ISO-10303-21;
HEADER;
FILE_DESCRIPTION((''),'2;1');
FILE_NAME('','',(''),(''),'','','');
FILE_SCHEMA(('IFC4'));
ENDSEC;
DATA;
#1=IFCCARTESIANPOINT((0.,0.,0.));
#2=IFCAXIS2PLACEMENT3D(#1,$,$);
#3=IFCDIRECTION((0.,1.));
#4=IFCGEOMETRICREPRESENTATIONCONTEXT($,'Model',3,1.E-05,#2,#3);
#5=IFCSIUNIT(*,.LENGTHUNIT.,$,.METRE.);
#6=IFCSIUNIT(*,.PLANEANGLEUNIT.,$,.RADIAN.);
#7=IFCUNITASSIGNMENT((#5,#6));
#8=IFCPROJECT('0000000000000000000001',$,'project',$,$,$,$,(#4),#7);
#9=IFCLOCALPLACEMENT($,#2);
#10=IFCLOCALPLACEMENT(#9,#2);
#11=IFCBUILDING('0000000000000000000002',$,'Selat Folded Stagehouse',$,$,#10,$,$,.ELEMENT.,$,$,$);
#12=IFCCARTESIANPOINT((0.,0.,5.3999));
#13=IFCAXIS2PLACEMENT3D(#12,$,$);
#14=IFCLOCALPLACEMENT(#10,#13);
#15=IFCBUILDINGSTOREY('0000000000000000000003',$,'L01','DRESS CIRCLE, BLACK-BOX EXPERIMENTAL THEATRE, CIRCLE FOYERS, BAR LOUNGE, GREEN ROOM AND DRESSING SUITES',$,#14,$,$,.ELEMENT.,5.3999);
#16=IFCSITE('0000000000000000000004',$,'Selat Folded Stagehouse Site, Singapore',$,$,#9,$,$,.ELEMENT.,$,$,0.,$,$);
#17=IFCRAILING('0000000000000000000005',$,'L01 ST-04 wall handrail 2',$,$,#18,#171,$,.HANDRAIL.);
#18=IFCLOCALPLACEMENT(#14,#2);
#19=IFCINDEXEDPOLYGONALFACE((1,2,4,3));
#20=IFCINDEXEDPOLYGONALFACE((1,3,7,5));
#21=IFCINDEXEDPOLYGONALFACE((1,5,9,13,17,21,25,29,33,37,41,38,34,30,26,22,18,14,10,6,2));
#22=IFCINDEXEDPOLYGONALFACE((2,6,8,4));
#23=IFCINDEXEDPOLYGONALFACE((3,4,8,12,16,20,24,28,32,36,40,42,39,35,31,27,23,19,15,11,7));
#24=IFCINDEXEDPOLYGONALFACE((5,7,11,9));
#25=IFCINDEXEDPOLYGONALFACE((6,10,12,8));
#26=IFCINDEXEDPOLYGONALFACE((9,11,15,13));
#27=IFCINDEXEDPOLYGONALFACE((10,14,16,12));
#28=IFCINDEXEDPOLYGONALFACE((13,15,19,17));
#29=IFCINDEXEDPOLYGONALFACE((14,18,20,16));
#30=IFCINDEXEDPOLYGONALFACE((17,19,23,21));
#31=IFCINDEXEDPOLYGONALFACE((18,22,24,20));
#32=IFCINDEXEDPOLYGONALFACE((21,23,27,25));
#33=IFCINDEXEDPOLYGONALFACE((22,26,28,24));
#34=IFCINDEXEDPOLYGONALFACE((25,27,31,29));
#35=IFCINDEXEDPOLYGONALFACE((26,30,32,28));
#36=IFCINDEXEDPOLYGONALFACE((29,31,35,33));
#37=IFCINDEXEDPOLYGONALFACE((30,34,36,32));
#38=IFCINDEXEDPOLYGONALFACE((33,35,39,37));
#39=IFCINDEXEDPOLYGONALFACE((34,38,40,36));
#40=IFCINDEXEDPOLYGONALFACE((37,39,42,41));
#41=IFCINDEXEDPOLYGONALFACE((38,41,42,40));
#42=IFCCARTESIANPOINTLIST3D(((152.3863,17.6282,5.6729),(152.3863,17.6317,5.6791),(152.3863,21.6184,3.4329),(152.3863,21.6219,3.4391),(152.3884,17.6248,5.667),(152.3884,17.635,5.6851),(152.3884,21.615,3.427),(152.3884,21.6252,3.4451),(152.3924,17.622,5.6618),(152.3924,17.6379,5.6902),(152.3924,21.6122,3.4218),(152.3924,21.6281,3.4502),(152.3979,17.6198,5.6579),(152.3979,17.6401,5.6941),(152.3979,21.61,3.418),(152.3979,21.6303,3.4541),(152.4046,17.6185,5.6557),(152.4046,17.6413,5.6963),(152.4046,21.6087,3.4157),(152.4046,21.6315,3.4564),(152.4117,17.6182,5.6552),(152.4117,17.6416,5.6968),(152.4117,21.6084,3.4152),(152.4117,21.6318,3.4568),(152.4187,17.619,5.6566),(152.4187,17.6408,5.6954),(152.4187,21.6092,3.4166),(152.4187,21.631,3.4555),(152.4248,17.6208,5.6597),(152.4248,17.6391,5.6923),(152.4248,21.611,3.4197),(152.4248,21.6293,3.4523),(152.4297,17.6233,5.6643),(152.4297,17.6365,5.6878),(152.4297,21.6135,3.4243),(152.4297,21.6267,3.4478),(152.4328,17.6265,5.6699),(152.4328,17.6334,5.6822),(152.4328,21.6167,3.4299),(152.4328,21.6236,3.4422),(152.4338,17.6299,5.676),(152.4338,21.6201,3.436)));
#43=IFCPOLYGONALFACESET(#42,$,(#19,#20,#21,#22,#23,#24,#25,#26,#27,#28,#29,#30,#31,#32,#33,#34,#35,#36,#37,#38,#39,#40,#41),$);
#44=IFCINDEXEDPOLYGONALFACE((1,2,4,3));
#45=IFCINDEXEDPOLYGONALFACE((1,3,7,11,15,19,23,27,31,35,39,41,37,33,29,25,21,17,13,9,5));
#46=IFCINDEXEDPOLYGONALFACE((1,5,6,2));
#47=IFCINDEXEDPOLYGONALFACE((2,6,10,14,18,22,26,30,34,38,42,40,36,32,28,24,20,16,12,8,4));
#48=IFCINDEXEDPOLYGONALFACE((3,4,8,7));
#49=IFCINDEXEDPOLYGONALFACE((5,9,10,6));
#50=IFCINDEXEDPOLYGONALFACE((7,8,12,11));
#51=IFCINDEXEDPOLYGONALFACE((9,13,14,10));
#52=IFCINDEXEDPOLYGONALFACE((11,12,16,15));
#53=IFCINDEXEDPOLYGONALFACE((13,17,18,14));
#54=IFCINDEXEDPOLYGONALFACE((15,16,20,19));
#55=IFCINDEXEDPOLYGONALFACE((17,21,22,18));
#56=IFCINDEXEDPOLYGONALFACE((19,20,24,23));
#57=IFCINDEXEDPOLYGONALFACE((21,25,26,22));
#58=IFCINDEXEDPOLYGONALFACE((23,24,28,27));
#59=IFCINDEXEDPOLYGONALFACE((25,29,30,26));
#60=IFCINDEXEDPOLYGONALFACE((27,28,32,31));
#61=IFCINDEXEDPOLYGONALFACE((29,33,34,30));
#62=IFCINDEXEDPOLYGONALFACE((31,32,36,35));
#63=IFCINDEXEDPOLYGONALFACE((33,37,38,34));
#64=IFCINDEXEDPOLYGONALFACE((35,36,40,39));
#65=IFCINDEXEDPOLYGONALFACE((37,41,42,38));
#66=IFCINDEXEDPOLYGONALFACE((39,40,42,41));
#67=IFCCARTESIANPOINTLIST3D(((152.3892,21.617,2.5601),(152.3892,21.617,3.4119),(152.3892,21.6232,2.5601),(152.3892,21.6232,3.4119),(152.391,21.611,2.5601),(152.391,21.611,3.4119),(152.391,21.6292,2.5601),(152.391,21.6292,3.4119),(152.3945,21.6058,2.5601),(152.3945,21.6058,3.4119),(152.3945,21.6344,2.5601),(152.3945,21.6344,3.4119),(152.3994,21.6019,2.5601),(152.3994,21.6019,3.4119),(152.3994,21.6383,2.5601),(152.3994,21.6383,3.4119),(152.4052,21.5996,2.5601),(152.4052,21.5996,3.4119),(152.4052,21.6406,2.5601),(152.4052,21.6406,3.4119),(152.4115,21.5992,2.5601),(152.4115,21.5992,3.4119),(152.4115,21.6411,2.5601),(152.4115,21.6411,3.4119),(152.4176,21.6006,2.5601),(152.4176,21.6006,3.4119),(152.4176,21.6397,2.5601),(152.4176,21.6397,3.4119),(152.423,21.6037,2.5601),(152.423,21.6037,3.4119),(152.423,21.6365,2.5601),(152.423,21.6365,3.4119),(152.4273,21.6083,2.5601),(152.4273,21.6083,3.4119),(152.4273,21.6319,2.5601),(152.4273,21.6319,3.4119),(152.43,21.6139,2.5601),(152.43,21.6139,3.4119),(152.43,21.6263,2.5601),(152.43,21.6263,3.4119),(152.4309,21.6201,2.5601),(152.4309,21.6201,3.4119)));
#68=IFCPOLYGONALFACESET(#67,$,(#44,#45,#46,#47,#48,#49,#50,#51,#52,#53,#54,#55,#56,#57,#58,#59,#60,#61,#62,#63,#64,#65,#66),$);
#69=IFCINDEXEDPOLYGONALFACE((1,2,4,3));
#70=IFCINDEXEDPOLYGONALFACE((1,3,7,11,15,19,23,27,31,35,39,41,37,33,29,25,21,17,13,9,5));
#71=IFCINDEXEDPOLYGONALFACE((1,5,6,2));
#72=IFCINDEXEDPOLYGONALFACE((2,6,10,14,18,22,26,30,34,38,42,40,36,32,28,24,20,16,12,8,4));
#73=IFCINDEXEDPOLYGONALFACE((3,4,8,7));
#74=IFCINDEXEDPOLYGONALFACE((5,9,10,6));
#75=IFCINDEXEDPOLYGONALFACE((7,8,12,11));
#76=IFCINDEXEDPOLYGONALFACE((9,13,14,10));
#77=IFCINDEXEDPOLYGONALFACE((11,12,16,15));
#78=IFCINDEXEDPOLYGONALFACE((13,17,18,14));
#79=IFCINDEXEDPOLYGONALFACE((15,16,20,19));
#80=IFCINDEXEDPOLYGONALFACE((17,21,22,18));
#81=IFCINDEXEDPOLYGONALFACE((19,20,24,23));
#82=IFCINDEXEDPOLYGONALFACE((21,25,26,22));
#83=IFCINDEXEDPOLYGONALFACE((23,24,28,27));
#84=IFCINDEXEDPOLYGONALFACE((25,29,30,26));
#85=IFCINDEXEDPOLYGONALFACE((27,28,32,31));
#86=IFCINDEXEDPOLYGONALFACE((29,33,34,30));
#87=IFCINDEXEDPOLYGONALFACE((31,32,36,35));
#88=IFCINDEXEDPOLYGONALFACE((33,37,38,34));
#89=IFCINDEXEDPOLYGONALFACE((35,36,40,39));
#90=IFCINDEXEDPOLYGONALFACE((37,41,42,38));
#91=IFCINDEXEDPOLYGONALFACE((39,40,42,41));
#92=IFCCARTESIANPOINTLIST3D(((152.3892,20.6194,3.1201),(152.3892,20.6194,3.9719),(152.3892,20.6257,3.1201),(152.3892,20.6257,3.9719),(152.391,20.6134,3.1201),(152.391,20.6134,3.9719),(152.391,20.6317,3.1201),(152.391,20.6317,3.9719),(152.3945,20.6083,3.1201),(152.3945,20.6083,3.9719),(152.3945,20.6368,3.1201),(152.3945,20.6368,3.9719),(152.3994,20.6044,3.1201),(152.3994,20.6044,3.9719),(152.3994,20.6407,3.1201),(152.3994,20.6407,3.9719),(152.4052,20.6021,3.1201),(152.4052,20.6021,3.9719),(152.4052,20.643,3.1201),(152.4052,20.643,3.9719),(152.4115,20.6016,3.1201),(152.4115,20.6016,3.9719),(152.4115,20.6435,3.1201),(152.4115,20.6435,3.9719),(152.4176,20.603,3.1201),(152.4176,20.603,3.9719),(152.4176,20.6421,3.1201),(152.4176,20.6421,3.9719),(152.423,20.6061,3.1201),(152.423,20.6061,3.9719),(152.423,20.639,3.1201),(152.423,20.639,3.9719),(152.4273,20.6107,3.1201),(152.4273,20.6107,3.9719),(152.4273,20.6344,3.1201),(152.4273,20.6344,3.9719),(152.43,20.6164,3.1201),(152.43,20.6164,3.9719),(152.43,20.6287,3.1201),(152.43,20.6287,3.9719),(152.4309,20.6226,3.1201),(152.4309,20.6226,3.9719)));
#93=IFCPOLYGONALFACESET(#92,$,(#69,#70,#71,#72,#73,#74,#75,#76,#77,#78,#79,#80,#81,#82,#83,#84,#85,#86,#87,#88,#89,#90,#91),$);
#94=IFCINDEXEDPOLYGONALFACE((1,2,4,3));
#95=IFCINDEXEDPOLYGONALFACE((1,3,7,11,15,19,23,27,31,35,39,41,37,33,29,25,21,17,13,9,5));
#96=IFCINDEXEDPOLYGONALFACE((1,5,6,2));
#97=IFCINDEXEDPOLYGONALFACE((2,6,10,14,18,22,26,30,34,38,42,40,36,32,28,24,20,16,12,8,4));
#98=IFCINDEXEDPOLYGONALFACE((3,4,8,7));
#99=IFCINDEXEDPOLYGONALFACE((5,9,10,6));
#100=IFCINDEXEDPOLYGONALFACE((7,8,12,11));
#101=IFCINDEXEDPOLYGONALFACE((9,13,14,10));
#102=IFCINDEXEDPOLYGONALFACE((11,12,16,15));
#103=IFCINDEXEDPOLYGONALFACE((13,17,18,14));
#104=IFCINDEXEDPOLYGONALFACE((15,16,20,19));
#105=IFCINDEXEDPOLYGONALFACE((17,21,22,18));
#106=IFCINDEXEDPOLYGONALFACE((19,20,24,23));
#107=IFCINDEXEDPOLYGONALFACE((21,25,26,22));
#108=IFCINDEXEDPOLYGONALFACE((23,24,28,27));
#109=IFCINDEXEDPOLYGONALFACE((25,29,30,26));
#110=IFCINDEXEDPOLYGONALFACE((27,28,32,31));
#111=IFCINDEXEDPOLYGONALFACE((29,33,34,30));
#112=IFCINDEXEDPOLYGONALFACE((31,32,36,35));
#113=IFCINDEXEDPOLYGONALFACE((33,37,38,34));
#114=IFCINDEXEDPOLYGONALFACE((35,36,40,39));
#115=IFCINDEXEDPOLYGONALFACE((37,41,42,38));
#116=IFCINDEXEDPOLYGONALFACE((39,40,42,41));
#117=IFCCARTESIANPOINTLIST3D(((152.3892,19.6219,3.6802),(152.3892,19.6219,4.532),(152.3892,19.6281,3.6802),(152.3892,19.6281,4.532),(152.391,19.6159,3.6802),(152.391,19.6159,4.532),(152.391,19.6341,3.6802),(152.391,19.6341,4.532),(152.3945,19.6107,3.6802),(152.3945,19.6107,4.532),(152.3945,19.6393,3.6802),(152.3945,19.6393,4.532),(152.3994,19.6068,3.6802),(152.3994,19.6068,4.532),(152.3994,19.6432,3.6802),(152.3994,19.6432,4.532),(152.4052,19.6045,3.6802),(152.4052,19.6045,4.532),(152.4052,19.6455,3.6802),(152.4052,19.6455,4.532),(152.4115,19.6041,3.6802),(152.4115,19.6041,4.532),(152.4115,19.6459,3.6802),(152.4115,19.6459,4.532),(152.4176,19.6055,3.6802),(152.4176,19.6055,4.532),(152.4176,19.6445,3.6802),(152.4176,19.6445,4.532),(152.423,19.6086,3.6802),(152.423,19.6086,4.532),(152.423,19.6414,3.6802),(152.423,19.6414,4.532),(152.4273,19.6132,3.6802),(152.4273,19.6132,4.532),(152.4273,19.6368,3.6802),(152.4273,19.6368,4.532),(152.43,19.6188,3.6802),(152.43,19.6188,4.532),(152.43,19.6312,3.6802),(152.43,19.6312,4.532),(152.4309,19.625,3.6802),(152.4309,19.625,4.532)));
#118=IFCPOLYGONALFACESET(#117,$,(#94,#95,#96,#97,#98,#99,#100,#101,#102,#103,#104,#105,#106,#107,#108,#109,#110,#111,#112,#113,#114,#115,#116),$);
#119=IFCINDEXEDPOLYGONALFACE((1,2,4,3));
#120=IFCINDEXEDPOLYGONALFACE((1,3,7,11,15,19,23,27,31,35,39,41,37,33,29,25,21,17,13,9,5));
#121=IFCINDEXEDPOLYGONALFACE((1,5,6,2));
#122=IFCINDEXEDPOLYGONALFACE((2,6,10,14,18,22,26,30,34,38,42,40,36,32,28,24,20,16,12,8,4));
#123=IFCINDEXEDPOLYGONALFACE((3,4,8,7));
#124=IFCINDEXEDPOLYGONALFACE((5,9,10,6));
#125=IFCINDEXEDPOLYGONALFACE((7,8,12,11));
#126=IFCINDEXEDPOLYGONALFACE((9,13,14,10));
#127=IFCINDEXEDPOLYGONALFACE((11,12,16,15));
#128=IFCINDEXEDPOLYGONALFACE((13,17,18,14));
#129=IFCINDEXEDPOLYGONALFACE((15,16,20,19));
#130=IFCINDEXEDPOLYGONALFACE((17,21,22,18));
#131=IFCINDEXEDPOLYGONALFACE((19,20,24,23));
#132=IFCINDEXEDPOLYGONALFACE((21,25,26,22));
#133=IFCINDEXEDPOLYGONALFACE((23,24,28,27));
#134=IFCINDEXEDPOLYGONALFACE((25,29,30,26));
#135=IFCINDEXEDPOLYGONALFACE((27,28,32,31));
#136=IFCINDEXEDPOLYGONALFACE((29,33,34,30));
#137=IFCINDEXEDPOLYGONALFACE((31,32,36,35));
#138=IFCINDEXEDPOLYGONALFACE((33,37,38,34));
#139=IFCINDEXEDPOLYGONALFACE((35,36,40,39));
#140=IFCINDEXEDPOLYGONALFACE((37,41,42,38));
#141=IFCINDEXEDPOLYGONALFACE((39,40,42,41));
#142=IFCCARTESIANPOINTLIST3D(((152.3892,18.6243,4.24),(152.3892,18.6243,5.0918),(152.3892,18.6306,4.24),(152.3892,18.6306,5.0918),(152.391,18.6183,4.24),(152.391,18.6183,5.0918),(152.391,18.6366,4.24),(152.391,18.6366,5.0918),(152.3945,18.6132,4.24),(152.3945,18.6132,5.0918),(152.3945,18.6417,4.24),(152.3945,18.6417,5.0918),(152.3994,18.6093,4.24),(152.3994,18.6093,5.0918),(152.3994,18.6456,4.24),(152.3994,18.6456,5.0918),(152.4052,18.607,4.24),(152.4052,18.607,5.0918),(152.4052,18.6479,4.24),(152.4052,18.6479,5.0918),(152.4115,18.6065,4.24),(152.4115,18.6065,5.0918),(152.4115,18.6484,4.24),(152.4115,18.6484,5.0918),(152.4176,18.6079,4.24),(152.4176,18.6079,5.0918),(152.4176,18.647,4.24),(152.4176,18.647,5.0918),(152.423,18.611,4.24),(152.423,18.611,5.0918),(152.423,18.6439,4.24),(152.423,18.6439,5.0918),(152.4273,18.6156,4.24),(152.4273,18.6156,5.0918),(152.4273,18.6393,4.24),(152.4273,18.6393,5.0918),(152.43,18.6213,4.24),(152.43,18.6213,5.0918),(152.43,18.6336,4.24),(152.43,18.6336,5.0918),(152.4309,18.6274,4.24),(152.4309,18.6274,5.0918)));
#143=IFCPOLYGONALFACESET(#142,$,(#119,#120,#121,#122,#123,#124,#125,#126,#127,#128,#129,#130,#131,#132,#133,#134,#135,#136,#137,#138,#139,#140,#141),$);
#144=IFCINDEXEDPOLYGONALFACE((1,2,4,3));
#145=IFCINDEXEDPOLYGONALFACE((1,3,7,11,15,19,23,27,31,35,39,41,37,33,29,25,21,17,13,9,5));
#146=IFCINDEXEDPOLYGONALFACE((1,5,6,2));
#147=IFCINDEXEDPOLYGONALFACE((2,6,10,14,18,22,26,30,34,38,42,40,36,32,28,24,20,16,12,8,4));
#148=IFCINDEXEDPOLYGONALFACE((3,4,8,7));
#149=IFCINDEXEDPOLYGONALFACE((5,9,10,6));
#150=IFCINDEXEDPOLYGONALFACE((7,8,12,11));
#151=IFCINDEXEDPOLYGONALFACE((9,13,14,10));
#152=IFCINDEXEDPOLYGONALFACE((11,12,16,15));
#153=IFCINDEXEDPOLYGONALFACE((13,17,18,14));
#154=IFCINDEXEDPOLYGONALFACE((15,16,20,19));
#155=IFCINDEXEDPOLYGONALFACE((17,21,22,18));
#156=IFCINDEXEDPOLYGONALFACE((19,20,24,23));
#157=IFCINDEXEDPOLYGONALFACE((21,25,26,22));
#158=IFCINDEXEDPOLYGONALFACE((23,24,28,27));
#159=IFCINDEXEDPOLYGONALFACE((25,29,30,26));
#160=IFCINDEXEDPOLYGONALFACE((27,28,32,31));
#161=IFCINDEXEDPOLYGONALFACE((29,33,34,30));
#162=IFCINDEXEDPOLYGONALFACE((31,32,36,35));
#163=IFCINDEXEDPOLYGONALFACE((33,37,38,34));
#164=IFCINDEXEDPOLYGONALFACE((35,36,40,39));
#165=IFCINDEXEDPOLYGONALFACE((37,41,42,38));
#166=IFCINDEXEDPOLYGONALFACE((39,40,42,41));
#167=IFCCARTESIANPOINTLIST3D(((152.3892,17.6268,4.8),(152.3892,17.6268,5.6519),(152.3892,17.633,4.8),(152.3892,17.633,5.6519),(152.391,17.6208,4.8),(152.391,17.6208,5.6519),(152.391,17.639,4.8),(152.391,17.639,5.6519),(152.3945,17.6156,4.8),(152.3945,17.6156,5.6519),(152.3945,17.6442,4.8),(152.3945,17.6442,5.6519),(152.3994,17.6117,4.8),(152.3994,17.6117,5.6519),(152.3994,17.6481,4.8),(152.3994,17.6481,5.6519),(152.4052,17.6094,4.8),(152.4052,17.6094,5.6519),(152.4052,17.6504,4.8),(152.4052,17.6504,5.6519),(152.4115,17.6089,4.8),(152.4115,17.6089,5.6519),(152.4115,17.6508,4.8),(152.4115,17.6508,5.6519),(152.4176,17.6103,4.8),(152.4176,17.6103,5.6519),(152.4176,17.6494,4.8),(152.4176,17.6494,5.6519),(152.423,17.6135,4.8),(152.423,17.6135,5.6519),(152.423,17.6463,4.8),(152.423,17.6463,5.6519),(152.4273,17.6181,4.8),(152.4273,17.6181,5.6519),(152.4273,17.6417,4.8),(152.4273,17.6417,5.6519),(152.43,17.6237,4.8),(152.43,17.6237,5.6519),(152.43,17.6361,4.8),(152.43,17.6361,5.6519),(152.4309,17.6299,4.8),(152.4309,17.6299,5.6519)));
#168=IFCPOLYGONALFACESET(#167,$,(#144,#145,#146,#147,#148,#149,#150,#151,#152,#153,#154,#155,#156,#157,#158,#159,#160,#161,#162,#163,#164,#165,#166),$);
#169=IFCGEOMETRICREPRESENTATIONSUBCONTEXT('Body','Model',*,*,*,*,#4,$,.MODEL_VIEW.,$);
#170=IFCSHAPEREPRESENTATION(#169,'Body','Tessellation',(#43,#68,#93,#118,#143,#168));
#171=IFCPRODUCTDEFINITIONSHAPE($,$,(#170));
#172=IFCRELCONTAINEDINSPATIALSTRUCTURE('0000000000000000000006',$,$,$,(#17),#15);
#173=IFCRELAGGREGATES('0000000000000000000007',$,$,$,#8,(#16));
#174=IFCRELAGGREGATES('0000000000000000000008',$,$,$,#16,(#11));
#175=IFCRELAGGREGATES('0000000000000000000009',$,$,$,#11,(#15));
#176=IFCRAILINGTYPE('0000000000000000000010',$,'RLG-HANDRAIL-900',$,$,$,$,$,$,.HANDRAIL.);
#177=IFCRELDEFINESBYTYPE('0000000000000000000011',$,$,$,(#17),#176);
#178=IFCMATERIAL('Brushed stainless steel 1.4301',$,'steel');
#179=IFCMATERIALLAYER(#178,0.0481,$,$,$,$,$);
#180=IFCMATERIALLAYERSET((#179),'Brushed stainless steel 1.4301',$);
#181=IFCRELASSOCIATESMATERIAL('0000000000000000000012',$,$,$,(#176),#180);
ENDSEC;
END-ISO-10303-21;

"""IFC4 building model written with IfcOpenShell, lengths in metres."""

from ifc_helpers import new_model, si_unit, direction, frame, origin, origin_2d, place, context, subcontext, project, spatial, circle, extrude, material, layer, layer_set, type_object, element, save


model = new_model("IFC4")

# Units and contexts
model_context = context("Model", 3, precision=1e-05, world=origin(), true_north=direction((0.0, 1.0)))
body_context = subcontext(model_context, "Body", "Model", "MODEL_VIEW")
ifc_project = project(units=[si_unit("LENGTHUNIT", "METRE"), si_unit("PLANEANGLEUNIT", "RADIAN")], contexts=[model_context])

# Site, building, storey
site_placement = place(None, origin())
site = spatial("IfcSite", under=ifc_project, at=site_placement, Name="Selat Folded Stagehouse Site, Singapore", CompositionType="ELEMENT", RefElevation=0.0)
building_placement = place(site_placement, origin())
building = spatial("IfcBuilding", under=site, at=building_placement, Name="Selat Folded Stagehouse", CompositionType="ELEMENT")
storey_placement = place(building_placement, frame((0.0, 0.0, 5.3999)))
storey = spatial("IfcBuildingStorey", under=building, at=storey_placement, Name="L01", Description="DRESS CIRCLE, BLACK-BOX EXPERIMENTAL THEATRE, CIRCLE FOYERS, BAR LOUNGE, GREEN ROOM AND DRESSING SUITES", CompositionType="ELEMENT", Elevation=5.3999)

# Railing
ifc_material_1 = material(Name="Brushed stainless steel 1.4301", Category="steel")
ifc_layer_1 = layer(ifc_material_1, 0.0481)
ifc_layer_set_1 = layer_set([ifc_layer_1], Name="Brushed stainless steel 1.4301")
railing_type_1 = type_object("IfcRailingType", Name="RLG-HANDRAIL-900", PredefinedType="HANDRAIL", material=ifc_layer_set_1)
railing_1_placement = place(storey_placement, frame((152.4099, 21.6201, 2.5601)))
element("IfcRailing", 1, at=railing_1_placement, inside=storey, type_object=railing_type_1, Name="L01 ST-04 wall handrail 2", PredefinedType="HANDRAIL", context=body_context, shape_type="SweptSolid", body=[
    extrude(circle(Radius=0.0239, at=origin_2d()), frame((0.0, 0.0, 0.876), z_axis=(0.0, -0.871997, 0.489511), x_axis=(1.0, 0.0, 0.0)), (0.0, 0.0, 1.0), 4.5759),
    extrude(circle(Radius=0.021, at=origin_2d()), origin(), (0.0, 0.0, 1.0), 0.8518),
    extrude(circle(Radius=0.021, at=origin_2d()), frame((0.0, -0.9976, 0.5601)), (0.0, 0.0, 1.0), 0.8518),
    extrude(circle(Radius=0.021, at=origin_2d()), frame((0.0, -1.9951, 1.1201)), (0.0, 0.0, 1.0), 0.8518),
    extrude(circle(Radius=0.021, at=origin_2d()), frame((0.0, -2.9927, 1.6799)), (0.0, 0.0, 1.0), 0.8518),
    extrude(circle(Radius=0.021, at=origin_2d()), frame((0.0, -3.9902, 2.24)), (0.0, 0.0, 1.0), 0.8518),
])

save(model, "model.ifc")
